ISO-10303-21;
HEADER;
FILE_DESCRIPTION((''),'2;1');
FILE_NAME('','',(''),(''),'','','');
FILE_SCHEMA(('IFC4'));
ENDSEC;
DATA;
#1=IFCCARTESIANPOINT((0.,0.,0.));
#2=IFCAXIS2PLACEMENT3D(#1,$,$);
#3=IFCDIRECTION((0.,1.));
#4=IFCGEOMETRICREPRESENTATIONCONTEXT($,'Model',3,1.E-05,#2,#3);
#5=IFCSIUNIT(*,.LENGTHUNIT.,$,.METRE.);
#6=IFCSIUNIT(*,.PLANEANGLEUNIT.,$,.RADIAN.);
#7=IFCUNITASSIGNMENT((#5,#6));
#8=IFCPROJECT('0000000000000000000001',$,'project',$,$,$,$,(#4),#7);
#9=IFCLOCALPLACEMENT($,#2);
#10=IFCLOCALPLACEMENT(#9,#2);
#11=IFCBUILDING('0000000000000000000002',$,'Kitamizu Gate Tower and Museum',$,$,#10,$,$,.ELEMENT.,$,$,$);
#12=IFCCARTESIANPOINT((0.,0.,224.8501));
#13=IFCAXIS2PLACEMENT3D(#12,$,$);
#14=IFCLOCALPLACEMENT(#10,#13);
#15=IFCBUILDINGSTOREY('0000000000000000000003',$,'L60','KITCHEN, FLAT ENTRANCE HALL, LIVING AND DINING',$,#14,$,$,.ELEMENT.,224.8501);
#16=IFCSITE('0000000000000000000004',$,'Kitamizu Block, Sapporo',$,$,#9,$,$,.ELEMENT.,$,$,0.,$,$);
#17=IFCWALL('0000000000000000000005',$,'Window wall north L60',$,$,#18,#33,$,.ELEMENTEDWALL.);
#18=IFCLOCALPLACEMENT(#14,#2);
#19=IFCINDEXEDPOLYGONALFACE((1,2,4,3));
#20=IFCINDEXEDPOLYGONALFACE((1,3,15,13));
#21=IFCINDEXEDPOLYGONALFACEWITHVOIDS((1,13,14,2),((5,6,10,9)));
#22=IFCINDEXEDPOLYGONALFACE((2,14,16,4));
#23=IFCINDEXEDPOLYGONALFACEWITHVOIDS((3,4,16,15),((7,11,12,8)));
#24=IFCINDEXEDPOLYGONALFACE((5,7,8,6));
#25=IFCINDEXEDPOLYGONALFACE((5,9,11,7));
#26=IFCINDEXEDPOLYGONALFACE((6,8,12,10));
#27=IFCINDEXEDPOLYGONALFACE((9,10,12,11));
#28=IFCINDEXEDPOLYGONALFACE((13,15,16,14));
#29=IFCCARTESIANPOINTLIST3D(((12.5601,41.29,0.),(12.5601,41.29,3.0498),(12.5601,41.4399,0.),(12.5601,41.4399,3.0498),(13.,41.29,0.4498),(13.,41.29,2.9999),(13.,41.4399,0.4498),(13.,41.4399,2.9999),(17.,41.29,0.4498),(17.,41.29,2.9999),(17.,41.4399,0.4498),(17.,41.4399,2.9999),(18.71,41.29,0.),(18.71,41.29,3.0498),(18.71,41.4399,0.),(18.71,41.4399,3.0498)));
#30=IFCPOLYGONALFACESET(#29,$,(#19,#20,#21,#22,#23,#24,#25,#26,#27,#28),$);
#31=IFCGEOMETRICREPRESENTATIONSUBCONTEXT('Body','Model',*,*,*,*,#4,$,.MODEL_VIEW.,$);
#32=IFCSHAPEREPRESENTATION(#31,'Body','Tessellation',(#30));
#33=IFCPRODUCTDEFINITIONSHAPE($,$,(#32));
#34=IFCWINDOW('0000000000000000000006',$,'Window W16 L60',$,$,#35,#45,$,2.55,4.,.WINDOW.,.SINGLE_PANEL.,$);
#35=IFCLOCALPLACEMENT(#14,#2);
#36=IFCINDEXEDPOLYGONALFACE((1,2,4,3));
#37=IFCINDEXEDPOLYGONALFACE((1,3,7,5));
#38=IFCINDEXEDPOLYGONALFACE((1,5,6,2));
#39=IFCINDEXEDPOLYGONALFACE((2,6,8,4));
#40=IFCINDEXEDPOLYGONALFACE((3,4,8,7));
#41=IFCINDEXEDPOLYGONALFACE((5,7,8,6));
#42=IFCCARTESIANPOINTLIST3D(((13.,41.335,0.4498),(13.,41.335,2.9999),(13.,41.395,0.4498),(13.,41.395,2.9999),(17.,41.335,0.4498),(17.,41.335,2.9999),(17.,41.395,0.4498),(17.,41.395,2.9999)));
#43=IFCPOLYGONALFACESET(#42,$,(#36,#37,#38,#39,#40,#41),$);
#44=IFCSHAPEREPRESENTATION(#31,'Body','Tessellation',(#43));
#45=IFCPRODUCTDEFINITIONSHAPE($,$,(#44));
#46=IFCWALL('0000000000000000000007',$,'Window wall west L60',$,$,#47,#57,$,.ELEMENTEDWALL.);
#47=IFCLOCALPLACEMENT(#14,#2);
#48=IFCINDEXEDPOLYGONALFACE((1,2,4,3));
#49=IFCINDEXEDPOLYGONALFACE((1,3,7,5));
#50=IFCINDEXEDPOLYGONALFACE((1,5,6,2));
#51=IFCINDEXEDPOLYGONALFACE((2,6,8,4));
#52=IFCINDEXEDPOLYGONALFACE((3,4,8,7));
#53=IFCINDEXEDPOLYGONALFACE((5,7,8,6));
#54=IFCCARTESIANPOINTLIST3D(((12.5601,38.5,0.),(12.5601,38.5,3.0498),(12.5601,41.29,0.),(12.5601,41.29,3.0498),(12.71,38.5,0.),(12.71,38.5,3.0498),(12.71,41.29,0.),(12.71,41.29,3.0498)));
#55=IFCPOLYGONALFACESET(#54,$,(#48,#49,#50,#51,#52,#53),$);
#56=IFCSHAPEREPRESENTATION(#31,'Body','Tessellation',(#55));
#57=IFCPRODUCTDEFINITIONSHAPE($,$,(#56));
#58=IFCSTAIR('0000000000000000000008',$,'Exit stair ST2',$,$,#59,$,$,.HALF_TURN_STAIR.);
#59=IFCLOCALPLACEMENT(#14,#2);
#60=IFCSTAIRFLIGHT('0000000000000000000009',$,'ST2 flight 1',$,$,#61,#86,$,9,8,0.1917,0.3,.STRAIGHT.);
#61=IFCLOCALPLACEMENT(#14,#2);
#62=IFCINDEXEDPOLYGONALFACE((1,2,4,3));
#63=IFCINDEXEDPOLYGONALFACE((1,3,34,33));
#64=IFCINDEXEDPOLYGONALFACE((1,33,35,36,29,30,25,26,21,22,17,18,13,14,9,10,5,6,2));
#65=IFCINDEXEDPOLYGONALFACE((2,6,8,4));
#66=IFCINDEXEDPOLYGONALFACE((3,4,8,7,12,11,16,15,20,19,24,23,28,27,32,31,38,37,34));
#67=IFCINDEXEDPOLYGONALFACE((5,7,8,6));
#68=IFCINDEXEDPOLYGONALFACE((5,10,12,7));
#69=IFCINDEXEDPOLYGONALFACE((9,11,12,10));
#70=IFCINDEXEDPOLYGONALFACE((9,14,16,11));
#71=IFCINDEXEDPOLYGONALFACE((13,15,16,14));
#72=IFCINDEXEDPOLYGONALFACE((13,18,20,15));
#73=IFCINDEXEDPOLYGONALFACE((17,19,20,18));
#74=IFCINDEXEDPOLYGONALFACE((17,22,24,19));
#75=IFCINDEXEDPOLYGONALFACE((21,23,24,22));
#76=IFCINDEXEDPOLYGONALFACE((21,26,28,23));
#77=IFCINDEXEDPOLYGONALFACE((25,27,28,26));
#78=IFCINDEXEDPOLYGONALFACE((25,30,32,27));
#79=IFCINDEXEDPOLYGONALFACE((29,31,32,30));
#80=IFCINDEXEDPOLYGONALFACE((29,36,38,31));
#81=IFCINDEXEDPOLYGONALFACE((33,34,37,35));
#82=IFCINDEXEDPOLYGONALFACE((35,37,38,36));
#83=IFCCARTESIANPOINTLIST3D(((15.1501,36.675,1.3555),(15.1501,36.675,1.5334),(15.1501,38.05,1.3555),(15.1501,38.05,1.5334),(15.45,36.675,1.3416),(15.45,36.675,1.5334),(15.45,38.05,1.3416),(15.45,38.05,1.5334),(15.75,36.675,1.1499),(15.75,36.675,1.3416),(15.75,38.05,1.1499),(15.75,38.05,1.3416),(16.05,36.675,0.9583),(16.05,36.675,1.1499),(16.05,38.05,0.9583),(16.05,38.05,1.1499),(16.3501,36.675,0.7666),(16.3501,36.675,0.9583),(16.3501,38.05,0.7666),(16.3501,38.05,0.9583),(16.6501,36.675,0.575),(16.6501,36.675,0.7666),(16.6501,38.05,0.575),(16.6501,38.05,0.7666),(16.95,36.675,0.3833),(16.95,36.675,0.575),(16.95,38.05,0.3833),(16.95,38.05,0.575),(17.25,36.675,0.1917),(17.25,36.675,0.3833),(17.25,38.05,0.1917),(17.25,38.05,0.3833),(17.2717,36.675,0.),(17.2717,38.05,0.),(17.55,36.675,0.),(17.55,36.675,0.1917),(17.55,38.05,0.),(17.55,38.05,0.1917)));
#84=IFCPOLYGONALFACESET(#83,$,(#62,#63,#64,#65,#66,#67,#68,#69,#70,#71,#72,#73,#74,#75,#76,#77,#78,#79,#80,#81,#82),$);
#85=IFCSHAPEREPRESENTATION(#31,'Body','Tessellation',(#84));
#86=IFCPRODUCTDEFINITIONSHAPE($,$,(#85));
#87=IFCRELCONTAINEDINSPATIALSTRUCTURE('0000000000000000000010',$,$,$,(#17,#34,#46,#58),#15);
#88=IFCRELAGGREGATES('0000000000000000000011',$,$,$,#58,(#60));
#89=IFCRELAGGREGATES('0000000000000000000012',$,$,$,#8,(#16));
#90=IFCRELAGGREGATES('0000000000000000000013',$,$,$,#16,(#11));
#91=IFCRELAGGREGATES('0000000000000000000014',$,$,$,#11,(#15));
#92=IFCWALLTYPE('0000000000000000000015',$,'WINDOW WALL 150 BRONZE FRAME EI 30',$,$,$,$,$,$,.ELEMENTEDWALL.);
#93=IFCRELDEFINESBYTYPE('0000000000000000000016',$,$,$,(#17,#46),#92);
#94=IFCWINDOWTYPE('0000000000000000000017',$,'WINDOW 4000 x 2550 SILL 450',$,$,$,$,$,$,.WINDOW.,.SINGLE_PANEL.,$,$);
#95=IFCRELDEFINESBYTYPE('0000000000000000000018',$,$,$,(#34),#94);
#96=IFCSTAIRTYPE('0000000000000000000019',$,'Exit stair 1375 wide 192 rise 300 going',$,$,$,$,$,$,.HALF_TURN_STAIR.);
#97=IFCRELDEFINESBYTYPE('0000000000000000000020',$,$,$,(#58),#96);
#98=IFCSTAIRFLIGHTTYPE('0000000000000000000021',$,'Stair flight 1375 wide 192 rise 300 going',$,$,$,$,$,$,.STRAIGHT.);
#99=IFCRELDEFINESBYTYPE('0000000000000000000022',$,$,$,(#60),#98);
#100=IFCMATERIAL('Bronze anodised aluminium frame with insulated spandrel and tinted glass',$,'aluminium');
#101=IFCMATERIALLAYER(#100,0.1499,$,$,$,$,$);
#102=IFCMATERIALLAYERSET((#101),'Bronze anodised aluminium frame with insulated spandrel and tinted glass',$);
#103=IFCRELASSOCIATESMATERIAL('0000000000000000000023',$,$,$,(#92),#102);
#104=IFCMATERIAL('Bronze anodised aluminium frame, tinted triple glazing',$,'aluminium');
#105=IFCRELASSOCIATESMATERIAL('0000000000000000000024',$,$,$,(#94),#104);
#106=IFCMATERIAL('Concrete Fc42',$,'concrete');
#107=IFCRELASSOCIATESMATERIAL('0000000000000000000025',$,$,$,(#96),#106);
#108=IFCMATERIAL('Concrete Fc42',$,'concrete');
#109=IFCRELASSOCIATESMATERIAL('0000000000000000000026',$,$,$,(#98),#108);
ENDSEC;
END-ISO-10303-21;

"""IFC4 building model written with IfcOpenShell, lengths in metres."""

from ifc_helpers import new_model, si_unit, direction, frame, frame_2d, origin, place, context, subcontext, project, spatial, polyline, rectangle, outline, extrude, material, layer, layer_set, type_object, element, fill, aggregate, save


model = new_model("IFC4")

# Units and contexts
model_context = context("Model", 3, precision=1e-05, world=origin(), true_north=direction((0.0, 1.0)))
body_context = subcontext(model_context, "Body", "Model", "MODEL_VIEW")
ifc_project = project(units=[si_unit("LENGTHUNIT", "METRE"), si_unit("PLANEANGLEUNIT", "RADIAN")], contexts=[model_context])

# Site, building, storey
site_placement = place(None, origin())
site = spatial("IfcSite", under=ifc_project, at=site_placement, Name="Kitamizu Block, Sapporo", CompositionType="ELEMENT", RefElevation=0.0)
building_placement = place(site_placement, origin())
building = spatial("IfcBuilding", under=site, at=building_placement, Name="Kitamizu Gate Tower and Museum", CompositionType="ELEMENT")
storey_placement = place(building_placement, frame((0.0, 0.0, 224.8501)))
storey = spatial("IfcBuildingStorey", under=building, at=storey_placement, Name="L60", Description="KITCHEN, FLAT ENTRANCE HALL, LIVING AND DINING", CompositionType="ELEMENT", Elevation=224.8501)

# Shared definitions
ifc_material_1 = material(Name="Bronze anodised aluminium frame with insulated spandrel and tinted glass", Category="aluminium")
ifc_layer_1 = layer(ifc_material_1, 0.1499)
ifc_layer_set_1 = layer_set([ifc_layer_1], Name="Bronze anodised aluminium frame with insulated spandrel and tinted glass")
wall_type_1 = type_object("IfcWallType", Name="WINDOW WALL 150 BRONZE FRAME EI 30", PredefinedType="ELEMENTEDWALL", material=ifc_layer_set_1)

# Wall, opening, window
ifc_material_2 = material(Name="Bronze anodised aluminium frame, tinted triple glazing", Category="aluminium")
window_type_1 = type_object("IfcWindowType", Name="WINDOW 4000 x 2550 SILL 450", PartitioningType="SINGLE_PANEL", PredefinedType="WINDOW", material=ifc_material_2)
wall_1_placement = place(storey_placement, frame((12.5601, 41.365, 0.0), z_axis=(0.0, 0.0, 1.0), x_axis=(1.0, 0.0, 0.0)))
wall_1 = element("IfcWall", 1, at=wall_1_placement, inside=storey, type_object=wall_type_1, Name="Window wall north L60", PredefinedType="ELEMENTEDWALL", context=body_context, shape_type="SweptSolid", body=[
    extrude(rectangle(XDim=6.1499, YDim=0.1499, at=frame_2d((3.075, 0.0))), origin(), (0.0, 0.0, 1.0), 3.0498),
])
opening_1_placement = place(wall_1_placement, frame((0.4399, 0.0, 0.45)))
opening_1 = element("IfcOpeningElement", 2, at=opening_1_placement, cuts=wall_1, PredefinedType="OPENING", context=body_context, shape_type="SweptSolid", body=[
    extrude(rectangle(XDim=4.0, YDim=2.55, at=frame_2d((2.0, 1.2749))), frame((0.0, 0.085, 0.0), z_axis=(0.0, -1.0, 0.0), x_axis=(1.0, 0.0, 0.0)), (0.0, 0.0, 1.0), 0.1699),
])
window_1_placement = place(opening_1_placement, origin())
window_1 = element("IfcWindow", 3, at=window_1_placement, inside=storey, type_object=window_type_1, Name="Window W16 L60", OverallHeight=2.55, OverallWidth=4.0, PartitioningType="SINGLE_PANEL", PredefinedType="WINDOW", context=body_context, shape_type="SweptSolid", body=[
    extrude(rectangle(XDim=4.0, YDim=2.55, at=frame_2d((2.0, 1.2749))), frame((0.0, 0.03, 0.0), z_axis=(0.0, -1.0, 0.0), x_axis=(1.0, 0.0, 0.0)), (0.0, 0.0, 1.0), 0.0601),
])
fill(opening_1, window_1)

# Wall
wall_2_placement = place(storey_placement, frame((12.635, 38.5, 0.0), z_axis=(0.0, 0.0, 1.0), x_axis=(0.0, 1.0, 0.0)))
element("IfcWall", 4, at=wall_2_placement, inside=storey, type_object=wall_type_1, Name="Window wall west L60", PredefinedType="ELEMENTEDWALL", context=body_context, shape_type="SweptSolid", body=[
    extrude(rectangle(XDim=2.79, YDim=0.1499, at=frame_2d((1.395, 0.0))), origin(), (0.0, 0.0, 1.0), 3.0498),
])

# Stair, stair flight
ifc_material_3 = material(Name="Concrete Fc42", Category="concrete")
stair_type = type_object("IfcStairType", Name="Exit stair 1375 wide 192 rise 300 going", PredefinedType="HALF_TURN_STAIR", material=ifc_material_3)
stair_placement = place(storey_placement, origin())
stair = element("IfcStair", 5, at=stair_placement, inside=storey, type_object=stair_type, Name="Exit stair ST2", PredefinedType="HALF_TURN_STAIR")
ifc_material_4 = material(Name="Concrete Fc42", Category="concrete")
stair_flight_type = type_object("IfcStairFlightType", Name="Stair flight 1375 wide 192 rise 300 going", PredefinedType="STRAIGHT", material=ifc_material_4)
stair_flight_placement = place(storey_placement, frame((17.55, 37.3625, 0.0), z_axis=(0.0, 0.0, 1.0), x_axis=(-1.0, 0.0, 0.0)))
stair_flight = element("IfcStairFlight", 6, at=stair_flight_placement, type_object=stair_flight_type, Name="ST2 flight 1", NumberOfRisers=9, NumberOfTreads=8, PredefinedType="STRAIGHT", RiserHeight=0.1917, TreadLength=0.3, context=body_context, shape_type="SweptSolid", body=[
    extrude(outline(polyline([(0.0, 0.0), (0.0, 0.1917), (0.3, 0.1917), (0.3, 0.3833), (0.6001, 0.3833), (0.6001, 0.575), (0.8999, 0.575), (0.8999, 0.7666), (1.2, 0.7666), (1.2, 0.9583), (1.5, 0.9583), (1.5, 1.1499), (1.8, 1.1499), (1.8, 1.3416), (2.1001, 1.3416), (2.1001, 1.5334), (2.3999, 1.5334), (2.3999, 1.7251), (2.3999, 1.3555), (0.2783, 0.0), (0.0, 0.0)])), frame((0.0, 0.6875, 0.0), z_axis=(0.0, -1.0, 0.0), x_axis=(1.0, 0.0, 0.0)), (0.0, 0.0, 1.0), 1.375),
])
aggregate(stair, [stair_flight])

save(model, "model.ifc")
